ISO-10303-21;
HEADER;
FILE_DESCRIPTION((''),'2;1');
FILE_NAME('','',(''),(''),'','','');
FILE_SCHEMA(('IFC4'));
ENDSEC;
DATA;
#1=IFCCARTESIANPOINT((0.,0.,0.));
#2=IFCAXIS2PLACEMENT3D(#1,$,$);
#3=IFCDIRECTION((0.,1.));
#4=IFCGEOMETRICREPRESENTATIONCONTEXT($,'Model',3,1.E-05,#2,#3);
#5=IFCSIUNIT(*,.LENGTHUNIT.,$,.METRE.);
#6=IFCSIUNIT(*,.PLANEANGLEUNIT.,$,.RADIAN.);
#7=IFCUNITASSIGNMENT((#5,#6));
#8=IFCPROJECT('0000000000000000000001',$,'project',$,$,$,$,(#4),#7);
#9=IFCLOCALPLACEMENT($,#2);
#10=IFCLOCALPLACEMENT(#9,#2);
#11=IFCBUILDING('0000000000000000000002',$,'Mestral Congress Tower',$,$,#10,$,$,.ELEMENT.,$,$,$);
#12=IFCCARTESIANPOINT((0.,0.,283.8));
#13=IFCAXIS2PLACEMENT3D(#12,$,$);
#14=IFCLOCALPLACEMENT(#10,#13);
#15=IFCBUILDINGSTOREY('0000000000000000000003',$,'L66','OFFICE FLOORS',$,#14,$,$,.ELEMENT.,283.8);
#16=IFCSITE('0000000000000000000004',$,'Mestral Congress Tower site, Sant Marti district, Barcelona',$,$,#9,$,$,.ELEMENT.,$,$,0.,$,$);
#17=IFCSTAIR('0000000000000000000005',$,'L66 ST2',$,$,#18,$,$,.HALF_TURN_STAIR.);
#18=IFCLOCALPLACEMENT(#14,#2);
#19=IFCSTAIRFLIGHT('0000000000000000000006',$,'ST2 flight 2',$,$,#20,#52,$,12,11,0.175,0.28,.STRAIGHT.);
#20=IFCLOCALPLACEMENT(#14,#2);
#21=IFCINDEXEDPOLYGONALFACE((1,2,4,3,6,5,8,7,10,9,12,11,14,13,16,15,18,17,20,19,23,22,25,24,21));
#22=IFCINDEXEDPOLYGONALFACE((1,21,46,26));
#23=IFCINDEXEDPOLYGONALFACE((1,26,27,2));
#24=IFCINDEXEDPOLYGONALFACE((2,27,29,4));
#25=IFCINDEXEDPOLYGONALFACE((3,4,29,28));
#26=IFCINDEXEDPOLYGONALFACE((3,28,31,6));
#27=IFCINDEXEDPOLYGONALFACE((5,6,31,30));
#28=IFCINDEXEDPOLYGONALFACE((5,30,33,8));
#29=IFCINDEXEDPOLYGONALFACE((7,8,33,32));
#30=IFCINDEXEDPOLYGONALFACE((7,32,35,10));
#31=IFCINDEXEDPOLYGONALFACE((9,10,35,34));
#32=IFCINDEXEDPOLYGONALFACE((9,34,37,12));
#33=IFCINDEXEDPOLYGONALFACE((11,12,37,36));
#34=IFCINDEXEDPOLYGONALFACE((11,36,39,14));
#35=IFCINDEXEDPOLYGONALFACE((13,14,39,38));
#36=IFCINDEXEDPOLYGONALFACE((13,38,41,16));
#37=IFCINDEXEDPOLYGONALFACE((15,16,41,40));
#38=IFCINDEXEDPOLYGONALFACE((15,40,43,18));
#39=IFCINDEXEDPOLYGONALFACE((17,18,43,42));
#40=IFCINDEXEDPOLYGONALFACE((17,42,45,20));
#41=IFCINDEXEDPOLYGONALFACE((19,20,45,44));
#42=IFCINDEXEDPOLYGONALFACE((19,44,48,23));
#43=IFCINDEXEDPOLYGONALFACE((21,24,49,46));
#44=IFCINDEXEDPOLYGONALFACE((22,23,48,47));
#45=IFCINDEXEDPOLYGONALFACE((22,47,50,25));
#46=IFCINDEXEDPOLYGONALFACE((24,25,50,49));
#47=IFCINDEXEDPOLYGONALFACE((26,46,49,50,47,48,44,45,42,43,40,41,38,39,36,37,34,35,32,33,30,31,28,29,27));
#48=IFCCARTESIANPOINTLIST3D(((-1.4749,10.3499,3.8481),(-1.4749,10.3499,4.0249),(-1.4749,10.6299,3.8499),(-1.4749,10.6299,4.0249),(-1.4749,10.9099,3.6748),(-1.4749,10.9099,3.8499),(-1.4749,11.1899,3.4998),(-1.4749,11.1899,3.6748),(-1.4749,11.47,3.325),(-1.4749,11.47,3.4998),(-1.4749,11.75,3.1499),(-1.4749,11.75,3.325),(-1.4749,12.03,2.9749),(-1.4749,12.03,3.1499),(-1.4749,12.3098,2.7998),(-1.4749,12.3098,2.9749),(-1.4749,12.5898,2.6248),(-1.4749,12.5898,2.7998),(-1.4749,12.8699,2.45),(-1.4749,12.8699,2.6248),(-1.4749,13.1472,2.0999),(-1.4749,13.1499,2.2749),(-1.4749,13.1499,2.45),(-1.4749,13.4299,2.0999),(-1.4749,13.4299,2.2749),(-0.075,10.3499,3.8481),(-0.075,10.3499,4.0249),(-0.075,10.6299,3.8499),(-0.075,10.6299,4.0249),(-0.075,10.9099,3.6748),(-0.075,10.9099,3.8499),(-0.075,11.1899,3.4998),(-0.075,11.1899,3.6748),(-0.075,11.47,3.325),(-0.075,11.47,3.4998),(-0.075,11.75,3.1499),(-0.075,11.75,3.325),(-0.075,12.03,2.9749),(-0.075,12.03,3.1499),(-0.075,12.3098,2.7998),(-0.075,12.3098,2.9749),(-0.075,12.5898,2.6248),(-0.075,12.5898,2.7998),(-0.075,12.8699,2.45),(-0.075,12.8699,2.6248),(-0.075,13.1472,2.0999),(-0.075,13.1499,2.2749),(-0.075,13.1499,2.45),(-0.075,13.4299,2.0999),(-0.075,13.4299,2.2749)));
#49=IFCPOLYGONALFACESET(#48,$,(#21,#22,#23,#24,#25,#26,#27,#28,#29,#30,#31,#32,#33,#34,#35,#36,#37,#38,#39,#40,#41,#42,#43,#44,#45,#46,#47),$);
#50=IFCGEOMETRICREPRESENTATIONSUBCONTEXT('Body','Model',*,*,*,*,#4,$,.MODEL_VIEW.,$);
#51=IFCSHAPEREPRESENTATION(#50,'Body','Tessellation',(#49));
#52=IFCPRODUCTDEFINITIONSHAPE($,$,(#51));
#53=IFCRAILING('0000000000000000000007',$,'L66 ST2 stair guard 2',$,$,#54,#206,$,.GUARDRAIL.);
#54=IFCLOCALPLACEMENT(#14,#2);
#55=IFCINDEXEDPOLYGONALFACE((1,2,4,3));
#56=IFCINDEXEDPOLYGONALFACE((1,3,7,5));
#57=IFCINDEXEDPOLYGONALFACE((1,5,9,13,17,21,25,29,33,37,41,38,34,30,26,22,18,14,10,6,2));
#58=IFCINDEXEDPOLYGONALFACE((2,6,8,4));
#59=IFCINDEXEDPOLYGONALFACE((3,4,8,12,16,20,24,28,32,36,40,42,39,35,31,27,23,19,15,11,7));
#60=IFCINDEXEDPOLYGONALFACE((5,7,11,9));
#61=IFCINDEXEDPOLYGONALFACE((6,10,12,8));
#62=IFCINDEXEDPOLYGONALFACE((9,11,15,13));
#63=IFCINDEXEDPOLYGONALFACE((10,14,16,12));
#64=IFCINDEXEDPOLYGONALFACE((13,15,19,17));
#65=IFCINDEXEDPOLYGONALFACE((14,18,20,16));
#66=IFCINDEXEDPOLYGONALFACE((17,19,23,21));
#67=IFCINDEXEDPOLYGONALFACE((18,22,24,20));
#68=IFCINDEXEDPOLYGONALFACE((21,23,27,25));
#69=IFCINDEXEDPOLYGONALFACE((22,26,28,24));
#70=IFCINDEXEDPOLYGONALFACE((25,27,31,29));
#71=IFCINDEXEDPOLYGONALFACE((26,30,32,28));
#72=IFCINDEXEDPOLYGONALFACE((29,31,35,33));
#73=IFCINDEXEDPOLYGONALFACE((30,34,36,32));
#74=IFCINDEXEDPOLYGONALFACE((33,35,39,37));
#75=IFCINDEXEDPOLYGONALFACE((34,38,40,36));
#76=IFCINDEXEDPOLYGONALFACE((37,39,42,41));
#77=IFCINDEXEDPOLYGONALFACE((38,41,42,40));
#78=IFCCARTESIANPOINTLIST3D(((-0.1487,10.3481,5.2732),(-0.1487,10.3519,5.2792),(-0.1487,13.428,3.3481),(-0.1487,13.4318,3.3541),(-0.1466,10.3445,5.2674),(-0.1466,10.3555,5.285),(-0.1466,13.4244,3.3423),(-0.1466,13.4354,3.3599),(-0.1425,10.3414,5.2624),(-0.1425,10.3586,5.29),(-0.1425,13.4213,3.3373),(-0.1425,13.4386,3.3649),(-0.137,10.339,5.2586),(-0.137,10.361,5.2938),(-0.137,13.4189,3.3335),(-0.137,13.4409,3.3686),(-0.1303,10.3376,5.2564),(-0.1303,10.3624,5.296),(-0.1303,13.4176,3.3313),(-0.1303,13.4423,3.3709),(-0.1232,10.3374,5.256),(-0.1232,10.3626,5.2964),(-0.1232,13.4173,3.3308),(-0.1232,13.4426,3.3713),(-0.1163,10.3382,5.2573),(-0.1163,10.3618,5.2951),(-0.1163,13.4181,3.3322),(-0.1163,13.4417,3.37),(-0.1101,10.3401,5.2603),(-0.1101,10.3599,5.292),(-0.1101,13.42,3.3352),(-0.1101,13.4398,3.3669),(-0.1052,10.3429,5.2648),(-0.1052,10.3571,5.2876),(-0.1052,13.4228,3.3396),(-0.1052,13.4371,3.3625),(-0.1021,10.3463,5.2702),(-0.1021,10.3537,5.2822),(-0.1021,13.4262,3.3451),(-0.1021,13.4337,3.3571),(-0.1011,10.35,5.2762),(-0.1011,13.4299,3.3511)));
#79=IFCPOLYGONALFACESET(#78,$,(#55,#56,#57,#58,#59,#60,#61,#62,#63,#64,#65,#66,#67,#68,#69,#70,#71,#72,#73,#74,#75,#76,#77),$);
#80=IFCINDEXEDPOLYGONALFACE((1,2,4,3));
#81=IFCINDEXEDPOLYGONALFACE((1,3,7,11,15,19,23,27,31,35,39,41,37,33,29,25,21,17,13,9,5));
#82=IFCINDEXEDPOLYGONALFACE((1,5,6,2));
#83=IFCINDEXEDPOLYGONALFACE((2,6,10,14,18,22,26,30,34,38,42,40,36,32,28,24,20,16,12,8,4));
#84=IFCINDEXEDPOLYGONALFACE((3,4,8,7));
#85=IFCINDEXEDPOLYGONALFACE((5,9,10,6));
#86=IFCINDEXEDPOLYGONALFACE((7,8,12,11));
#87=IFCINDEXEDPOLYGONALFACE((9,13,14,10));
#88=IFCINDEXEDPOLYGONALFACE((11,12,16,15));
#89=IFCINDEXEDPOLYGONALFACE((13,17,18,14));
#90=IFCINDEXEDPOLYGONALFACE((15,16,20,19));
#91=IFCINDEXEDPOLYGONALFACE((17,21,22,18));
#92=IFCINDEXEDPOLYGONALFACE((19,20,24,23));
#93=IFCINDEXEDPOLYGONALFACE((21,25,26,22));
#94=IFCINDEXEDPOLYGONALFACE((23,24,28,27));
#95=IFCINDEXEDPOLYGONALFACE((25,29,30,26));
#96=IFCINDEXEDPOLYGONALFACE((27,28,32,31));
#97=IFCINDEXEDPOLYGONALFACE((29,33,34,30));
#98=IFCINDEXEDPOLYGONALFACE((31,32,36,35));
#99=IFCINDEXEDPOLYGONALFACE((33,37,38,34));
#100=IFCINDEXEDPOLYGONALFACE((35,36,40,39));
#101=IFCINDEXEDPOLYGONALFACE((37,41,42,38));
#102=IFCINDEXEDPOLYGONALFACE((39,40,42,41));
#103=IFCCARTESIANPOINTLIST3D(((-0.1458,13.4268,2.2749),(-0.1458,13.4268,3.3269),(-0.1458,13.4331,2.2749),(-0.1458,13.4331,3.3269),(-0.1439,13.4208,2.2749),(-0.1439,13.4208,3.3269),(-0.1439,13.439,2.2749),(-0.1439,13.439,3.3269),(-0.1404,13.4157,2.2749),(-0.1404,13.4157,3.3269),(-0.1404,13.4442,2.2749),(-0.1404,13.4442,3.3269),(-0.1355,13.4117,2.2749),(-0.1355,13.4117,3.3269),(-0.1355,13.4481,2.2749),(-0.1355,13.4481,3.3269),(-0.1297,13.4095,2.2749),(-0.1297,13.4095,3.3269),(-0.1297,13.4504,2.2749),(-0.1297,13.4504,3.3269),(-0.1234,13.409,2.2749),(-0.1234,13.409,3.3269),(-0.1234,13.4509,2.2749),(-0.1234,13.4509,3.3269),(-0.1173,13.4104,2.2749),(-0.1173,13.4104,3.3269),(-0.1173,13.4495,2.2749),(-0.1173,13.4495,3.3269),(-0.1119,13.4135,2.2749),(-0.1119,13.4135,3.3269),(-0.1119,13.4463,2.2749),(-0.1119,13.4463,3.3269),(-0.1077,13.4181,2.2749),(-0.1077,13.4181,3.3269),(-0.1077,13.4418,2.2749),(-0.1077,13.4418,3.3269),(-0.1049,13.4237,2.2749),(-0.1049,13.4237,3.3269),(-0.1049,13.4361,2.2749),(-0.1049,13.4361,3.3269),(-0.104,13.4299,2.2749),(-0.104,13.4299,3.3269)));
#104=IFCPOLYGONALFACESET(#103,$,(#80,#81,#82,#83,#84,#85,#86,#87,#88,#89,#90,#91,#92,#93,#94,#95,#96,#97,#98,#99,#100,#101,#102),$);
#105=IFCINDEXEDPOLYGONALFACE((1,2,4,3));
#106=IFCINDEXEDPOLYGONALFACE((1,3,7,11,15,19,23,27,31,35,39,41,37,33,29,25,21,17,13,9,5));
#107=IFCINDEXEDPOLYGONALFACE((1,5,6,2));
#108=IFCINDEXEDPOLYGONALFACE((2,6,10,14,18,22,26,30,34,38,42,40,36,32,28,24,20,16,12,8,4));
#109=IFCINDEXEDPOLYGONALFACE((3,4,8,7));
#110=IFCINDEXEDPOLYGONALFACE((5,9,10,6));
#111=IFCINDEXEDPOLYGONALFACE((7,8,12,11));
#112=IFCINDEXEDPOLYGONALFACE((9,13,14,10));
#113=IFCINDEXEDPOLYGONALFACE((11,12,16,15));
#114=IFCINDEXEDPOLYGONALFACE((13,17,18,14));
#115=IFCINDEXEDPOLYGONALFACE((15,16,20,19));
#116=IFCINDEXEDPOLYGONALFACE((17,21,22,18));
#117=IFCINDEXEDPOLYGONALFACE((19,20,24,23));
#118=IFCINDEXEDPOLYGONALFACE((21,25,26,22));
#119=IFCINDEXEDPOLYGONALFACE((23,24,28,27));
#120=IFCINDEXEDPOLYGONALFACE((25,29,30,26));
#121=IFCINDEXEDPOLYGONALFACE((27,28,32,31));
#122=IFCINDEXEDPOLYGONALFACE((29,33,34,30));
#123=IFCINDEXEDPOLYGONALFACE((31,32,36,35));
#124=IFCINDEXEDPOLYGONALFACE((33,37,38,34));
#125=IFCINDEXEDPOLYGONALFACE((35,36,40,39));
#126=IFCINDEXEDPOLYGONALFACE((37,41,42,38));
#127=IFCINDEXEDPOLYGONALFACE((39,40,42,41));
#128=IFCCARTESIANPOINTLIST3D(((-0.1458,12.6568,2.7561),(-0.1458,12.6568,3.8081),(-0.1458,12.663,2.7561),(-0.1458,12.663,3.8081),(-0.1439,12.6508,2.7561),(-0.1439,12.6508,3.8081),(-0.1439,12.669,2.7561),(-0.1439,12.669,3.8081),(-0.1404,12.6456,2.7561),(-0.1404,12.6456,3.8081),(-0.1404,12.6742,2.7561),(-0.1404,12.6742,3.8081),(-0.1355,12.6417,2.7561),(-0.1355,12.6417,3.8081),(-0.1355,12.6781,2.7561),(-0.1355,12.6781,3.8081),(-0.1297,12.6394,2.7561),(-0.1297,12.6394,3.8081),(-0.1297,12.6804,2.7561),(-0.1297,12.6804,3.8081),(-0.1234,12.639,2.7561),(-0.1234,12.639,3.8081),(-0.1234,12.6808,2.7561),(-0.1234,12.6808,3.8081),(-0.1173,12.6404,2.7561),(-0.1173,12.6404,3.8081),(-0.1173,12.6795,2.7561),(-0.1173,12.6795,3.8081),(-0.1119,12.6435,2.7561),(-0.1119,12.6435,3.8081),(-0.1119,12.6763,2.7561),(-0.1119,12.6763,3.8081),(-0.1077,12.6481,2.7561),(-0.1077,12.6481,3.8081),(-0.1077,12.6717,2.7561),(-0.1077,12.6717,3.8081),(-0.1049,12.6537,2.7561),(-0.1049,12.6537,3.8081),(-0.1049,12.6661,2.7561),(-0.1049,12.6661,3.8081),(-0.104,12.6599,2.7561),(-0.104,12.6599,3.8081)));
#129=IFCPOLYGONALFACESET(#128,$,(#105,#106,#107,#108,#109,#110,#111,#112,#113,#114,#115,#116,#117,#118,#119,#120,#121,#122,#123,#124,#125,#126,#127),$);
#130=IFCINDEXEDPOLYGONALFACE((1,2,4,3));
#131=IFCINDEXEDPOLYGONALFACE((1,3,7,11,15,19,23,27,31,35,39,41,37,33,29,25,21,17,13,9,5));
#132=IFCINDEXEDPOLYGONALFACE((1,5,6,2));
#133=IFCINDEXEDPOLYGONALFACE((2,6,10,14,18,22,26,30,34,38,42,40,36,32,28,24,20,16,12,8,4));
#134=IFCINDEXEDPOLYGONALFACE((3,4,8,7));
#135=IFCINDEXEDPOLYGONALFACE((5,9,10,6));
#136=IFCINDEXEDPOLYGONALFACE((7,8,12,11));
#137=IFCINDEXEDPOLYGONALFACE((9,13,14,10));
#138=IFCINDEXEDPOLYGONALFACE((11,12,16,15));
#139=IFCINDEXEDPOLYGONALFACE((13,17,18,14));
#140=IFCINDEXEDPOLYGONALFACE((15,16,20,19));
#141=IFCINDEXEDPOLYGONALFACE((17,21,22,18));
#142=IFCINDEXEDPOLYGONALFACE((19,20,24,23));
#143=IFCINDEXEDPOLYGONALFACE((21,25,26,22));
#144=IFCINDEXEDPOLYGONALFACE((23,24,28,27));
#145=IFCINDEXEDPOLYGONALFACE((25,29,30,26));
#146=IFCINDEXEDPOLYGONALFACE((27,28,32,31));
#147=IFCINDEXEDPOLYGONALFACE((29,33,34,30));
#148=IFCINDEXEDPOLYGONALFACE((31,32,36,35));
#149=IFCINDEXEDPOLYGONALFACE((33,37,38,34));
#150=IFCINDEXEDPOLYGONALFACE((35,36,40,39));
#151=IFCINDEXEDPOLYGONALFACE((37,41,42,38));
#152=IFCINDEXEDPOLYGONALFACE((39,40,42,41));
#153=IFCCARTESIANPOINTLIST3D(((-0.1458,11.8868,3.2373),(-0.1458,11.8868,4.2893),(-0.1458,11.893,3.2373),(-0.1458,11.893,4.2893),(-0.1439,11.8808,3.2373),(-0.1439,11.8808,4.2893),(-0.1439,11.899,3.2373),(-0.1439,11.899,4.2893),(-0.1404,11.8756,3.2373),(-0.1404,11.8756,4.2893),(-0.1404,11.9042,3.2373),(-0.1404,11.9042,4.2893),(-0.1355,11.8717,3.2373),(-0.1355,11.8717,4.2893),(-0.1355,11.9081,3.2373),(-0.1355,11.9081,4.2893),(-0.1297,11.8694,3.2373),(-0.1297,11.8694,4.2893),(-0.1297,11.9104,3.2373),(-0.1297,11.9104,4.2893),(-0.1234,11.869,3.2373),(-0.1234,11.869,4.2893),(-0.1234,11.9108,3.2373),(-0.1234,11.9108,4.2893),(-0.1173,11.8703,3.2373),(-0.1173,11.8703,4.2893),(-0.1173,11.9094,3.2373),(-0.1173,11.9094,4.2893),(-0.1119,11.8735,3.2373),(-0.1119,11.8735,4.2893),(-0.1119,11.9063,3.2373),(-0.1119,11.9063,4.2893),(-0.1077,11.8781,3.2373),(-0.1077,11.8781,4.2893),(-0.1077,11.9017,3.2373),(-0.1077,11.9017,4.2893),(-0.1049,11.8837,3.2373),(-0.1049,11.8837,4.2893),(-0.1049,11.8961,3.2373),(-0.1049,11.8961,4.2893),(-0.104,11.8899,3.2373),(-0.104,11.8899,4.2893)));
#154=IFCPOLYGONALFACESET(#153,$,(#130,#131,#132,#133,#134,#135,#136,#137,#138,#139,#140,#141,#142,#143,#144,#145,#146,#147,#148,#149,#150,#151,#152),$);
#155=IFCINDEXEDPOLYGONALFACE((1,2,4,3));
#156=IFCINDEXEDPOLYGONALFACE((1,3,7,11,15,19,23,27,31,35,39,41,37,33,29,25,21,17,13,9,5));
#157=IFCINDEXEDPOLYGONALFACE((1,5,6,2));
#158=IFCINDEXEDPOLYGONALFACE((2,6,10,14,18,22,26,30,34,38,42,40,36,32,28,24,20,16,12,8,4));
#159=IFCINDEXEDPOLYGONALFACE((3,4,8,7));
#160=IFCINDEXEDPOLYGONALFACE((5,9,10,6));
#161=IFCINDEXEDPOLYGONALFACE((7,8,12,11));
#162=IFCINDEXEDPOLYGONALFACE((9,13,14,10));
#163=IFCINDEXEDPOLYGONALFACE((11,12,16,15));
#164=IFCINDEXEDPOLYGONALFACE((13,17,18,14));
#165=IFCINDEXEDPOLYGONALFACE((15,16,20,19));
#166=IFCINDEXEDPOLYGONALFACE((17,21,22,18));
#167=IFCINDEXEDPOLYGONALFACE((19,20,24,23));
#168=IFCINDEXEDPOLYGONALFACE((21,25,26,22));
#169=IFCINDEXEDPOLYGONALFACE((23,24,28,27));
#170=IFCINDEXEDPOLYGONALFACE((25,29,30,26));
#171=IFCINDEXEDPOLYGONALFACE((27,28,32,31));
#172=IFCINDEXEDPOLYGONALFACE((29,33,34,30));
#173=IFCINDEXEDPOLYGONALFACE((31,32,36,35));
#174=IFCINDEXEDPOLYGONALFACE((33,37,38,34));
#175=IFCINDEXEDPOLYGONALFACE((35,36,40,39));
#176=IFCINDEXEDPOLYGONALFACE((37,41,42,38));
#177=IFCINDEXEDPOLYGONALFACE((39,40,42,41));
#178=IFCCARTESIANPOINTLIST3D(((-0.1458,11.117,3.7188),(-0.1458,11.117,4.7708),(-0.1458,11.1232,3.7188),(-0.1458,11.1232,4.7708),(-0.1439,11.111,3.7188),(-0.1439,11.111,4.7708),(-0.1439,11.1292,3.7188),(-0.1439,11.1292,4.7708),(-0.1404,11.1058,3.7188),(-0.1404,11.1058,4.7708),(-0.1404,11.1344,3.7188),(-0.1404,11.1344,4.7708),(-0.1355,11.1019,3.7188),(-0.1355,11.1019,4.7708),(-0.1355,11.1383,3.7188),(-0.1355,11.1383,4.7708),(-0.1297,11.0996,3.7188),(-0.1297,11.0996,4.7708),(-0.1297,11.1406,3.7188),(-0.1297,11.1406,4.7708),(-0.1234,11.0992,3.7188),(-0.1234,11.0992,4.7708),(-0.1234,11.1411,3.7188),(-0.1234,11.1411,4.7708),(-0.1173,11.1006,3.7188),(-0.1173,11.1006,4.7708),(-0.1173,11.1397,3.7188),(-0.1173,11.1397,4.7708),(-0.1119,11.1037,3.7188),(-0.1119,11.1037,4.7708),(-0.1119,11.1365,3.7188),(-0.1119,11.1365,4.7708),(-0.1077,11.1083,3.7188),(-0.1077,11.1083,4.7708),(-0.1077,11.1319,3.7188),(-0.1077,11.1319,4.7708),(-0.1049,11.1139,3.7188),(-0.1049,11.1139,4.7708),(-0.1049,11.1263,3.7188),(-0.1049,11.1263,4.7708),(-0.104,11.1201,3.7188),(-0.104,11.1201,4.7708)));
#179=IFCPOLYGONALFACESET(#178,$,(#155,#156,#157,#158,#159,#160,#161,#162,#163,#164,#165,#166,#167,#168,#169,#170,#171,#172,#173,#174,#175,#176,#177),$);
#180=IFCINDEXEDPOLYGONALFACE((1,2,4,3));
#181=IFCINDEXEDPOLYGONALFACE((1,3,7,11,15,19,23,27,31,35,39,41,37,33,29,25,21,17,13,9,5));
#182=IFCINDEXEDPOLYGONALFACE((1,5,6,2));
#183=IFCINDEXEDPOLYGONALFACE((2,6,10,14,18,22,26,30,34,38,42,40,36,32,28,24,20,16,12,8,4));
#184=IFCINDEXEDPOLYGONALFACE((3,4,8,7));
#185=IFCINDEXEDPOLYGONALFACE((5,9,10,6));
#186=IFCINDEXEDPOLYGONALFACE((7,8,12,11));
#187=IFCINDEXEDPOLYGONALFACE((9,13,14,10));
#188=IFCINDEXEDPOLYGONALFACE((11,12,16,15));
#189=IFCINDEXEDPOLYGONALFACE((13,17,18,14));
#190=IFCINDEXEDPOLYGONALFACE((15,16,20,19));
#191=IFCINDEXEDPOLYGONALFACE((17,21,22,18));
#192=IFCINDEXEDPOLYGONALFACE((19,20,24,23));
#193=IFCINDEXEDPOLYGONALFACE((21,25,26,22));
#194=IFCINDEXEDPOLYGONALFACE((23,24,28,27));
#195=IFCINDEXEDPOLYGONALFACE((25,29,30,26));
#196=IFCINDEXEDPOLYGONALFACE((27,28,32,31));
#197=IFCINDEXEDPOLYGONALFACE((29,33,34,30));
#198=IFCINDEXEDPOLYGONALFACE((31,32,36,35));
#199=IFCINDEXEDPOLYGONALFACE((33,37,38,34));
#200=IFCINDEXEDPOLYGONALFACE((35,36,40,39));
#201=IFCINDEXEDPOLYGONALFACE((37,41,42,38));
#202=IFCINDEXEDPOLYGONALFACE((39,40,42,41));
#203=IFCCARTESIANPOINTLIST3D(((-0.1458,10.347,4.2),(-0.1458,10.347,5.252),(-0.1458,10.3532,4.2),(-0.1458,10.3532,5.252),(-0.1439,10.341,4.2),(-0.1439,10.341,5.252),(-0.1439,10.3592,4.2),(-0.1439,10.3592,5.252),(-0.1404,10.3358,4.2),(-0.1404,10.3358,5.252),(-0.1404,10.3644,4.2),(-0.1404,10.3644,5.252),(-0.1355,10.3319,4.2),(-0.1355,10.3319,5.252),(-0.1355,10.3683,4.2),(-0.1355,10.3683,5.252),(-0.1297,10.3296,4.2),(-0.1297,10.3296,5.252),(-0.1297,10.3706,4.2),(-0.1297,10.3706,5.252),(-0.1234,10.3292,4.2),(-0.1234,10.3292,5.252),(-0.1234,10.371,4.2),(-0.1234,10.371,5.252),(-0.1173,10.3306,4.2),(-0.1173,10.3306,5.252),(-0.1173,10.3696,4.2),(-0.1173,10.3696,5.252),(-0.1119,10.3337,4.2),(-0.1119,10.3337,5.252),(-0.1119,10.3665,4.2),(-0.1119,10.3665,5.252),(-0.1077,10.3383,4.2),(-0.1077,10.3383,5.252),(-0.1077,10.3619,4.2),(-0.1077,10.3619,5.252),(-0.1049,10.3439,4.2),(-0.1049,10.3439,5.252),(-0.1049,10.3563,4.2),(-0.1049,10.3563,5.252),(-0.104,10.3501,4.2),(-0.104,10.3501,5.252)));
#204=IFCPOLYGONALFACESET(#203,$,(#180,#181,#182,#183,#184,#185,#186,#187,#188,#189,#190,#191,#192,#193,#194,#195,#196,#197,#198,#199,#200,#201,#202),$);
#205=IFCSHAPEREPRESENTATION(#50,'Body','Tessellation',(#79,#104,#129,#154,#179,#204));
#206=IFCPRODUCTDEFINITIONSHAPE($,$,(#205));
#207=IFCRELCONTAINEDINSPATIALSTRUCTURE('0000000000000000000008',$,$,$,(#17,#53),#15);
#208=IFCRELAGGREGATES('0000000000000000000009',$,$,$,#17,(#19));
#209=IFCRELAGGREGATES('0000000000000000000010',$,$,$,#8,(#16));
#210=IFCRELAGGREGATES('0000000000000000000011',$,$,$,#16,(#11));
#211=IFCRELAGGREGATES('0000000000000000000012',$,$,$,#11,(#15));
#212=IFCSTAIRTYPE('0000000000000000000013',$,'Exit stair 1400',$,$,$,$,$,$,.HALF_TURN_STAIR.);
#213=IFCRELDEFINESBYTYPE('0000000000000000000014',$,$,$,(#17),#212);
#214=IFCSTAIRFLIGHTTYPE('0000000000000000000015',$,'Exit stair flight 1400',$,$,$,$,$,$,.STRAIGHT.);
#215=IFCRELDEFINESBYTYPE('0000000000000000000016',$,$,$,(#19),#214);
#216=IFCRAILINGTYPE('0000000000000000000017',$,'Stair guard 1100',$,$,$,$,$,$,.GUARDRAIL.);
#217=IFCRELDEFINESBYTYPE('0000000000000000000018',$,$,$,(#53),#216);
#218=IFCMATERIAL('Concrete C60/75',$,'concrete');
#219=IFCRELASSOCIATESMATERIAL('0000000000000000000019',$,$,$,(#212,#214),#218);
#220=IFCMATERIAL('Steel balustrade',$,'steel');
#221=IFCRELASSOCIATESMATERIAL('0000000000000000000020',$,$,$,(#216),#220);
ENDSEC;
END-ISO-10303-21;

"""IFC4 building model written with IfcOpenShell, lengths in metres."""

from ifc_helpers import new_model, si_unit, direction, frame, origin, origin_2d, place, context, subcontext, project, spatial, polyline, circle, outline, extrude, material, type_object, element, aggregate, save


model = new_model("IFC4")

# Units and contexts
model_context = context("Model", 3, precision=1e-05, world=origin(), true_north=direction((0.0, 1.0)))
body_context = subcontext(model_context, "Body", "Model", "MODEL_VIEW")
ifc_project = project(units=[si_unit("LENGTHUNIT", "METRE"), si_unit("PLANEANGLEUNIT", "RADIAN")], contexts=[model_context])

# Site, building, storey
site_placement = place(None, origin())
site = spatial("IfcSite", under=ifc_project, at=site_placement, Name="Mestral Congress Tower site, Sant Marti district, Barcelona", CompositionType="ELEMENT", RefElevation=0.0)
building_placement = place(site_placement, origin())
building = spatial("IfcBuilding", under=site, at=building_placement, Name="Mestral Congress Tower", CompositionType="ELEMENT")
storey_placement = place(building_placement, frame((0.0, 0.0, 283.8)))
storey = spatial("IfcBuildingStorey", under=building, at=storey_placement, Name="L66", Description="OFFICE FLOORS", CompositionType="ELEMENT", Elevation=283.8)

# Shared definitions
ifc_material_1 = material(Name="Concrete C60/75", Category="concrete")

# Stair, stair flight
stair_type = type_object("IfcStairType", Name="Exit stair 1400", PredefinedType="HALF_TURN_STAIR", material=ifc_material_1)
stair_placement = place(storey_placement, origin())
stair = element("IfcStair", 1, at=stair_placement, inside=storey, type_object=stair_type, Name="L66 ST2", PredefinedType="HALF_TURN_STAIR")
stair_flight_type = type_object("IfcStairFlightType", Name="Exit stair flight 1400", PredefinedType="STRAIGHT", material=ifc_material_1)
stair_flight_placement = place(storey_placement, frame((-0.7749, 13.4299, 2.0999), z_axis=(0.0, 0.0, 1.0), x_axis=(0.0, -1.0, 0.0)))
stair_flight = element("IfcStairFlight", 2, at=stair_flight_placement, type_object=stair_flight_type, Name="ST2 flight 2", NumberOfRisers=12, NumberOfTreads=11, PredefinedType="STRAIGHT", RiserHeight=0.175, TreadLength=0.28, context=body_context, shape_type="SweptSolid", body=[
    extrude(outline(polyline([(0.0, 0.0), (0.0, 0.175), (0.28, 0.175), (0.28, 0.3501), (0.5601, 0.3501), (0.5601, 0.5249), (0.8401, 0.5249), (0.8401, 0.7), (1.1201, 0.7), (1.1201, 0.875), (1.3999, 0.875), (1.3999, 1.05), (1.6799, 1.05), (1.6799, 1.2251), (1.96, 1.2251), (1.96, 1.3999), (2.24, 1.3999), (2.24, 1.575), (2.52, 1.575), (2.52, 1.75), (2.8, 1.75), (2.8, 1.925), (3.0801, 1.925), (3.0801, 2.1001), (3.0801, 1.7483), (0.2827, 0.0), (0.0, 0.0)])), frame((0.0, 0.7, 0.0), z_axis=(0.0, -1.0, 0.0), x_axis=(1.0, 0.0, 0.0)), (0.0, 0.0, 1.0), 1.3999),
])
aggregate(stair, [stair_flight])

# Railing
ifc_material_2 = material(Name="Steel balustrade", Category="steel")
railing_type = type_object("IfcRailingType", Name="Stair guard 1100", PredefinedType="GUARDRAIL", material=ifc_material_2)
railing_placement = place(storey_placement, frame((-0.125, 13.4299, 2.2749)))
element("IfcRailing", 3, at=railing_placement, inside=storey, type_object=railing_type, Name="L66 ST2 stair guard 2", PredefinedType="GUARDRAIL", context=body_context, shape_type="SweptSolid", body=[
    extrude(circle(Radius=0.0239, at=origin_2d()), frame((0.0, 0.0, 1.0762), z_axis=(0.0, -0.847979, 0.530029), x_axis=(1.0, 0.0, 0.0)), (0.0, 0.0, 1.0), 3.6321),
    extrude(circle(Radius=0.021, at=origin_2d()), origin(), (0.0, 0.0, 1.0), 1.052),
    extrude(circle(Radius=0.021, at=origin_2d()), frame((0.0, -0.77, 0.4812)), (0.0, 0.0, 1.0), 1.052),
    extrude(circle(Radius=0.021, at=origin_2d()), frame((0.0, -1.54, 0.9624)), (0.0, 0.0, 1.0), 1.052),
    extrude(circle(Radius=0.021, at=origin_2d()), frame((0.0, -2.3098, 1.4438)), (0.0, 0.0, 1.0), 1.052),
    extrude(circle(Radius=0.021, at=origin_2d()), frame((0.0, -3.0798, 1.925)), (0.0, 0.0, 1.0), 1.052),
])

save(model, "model.ifc")
